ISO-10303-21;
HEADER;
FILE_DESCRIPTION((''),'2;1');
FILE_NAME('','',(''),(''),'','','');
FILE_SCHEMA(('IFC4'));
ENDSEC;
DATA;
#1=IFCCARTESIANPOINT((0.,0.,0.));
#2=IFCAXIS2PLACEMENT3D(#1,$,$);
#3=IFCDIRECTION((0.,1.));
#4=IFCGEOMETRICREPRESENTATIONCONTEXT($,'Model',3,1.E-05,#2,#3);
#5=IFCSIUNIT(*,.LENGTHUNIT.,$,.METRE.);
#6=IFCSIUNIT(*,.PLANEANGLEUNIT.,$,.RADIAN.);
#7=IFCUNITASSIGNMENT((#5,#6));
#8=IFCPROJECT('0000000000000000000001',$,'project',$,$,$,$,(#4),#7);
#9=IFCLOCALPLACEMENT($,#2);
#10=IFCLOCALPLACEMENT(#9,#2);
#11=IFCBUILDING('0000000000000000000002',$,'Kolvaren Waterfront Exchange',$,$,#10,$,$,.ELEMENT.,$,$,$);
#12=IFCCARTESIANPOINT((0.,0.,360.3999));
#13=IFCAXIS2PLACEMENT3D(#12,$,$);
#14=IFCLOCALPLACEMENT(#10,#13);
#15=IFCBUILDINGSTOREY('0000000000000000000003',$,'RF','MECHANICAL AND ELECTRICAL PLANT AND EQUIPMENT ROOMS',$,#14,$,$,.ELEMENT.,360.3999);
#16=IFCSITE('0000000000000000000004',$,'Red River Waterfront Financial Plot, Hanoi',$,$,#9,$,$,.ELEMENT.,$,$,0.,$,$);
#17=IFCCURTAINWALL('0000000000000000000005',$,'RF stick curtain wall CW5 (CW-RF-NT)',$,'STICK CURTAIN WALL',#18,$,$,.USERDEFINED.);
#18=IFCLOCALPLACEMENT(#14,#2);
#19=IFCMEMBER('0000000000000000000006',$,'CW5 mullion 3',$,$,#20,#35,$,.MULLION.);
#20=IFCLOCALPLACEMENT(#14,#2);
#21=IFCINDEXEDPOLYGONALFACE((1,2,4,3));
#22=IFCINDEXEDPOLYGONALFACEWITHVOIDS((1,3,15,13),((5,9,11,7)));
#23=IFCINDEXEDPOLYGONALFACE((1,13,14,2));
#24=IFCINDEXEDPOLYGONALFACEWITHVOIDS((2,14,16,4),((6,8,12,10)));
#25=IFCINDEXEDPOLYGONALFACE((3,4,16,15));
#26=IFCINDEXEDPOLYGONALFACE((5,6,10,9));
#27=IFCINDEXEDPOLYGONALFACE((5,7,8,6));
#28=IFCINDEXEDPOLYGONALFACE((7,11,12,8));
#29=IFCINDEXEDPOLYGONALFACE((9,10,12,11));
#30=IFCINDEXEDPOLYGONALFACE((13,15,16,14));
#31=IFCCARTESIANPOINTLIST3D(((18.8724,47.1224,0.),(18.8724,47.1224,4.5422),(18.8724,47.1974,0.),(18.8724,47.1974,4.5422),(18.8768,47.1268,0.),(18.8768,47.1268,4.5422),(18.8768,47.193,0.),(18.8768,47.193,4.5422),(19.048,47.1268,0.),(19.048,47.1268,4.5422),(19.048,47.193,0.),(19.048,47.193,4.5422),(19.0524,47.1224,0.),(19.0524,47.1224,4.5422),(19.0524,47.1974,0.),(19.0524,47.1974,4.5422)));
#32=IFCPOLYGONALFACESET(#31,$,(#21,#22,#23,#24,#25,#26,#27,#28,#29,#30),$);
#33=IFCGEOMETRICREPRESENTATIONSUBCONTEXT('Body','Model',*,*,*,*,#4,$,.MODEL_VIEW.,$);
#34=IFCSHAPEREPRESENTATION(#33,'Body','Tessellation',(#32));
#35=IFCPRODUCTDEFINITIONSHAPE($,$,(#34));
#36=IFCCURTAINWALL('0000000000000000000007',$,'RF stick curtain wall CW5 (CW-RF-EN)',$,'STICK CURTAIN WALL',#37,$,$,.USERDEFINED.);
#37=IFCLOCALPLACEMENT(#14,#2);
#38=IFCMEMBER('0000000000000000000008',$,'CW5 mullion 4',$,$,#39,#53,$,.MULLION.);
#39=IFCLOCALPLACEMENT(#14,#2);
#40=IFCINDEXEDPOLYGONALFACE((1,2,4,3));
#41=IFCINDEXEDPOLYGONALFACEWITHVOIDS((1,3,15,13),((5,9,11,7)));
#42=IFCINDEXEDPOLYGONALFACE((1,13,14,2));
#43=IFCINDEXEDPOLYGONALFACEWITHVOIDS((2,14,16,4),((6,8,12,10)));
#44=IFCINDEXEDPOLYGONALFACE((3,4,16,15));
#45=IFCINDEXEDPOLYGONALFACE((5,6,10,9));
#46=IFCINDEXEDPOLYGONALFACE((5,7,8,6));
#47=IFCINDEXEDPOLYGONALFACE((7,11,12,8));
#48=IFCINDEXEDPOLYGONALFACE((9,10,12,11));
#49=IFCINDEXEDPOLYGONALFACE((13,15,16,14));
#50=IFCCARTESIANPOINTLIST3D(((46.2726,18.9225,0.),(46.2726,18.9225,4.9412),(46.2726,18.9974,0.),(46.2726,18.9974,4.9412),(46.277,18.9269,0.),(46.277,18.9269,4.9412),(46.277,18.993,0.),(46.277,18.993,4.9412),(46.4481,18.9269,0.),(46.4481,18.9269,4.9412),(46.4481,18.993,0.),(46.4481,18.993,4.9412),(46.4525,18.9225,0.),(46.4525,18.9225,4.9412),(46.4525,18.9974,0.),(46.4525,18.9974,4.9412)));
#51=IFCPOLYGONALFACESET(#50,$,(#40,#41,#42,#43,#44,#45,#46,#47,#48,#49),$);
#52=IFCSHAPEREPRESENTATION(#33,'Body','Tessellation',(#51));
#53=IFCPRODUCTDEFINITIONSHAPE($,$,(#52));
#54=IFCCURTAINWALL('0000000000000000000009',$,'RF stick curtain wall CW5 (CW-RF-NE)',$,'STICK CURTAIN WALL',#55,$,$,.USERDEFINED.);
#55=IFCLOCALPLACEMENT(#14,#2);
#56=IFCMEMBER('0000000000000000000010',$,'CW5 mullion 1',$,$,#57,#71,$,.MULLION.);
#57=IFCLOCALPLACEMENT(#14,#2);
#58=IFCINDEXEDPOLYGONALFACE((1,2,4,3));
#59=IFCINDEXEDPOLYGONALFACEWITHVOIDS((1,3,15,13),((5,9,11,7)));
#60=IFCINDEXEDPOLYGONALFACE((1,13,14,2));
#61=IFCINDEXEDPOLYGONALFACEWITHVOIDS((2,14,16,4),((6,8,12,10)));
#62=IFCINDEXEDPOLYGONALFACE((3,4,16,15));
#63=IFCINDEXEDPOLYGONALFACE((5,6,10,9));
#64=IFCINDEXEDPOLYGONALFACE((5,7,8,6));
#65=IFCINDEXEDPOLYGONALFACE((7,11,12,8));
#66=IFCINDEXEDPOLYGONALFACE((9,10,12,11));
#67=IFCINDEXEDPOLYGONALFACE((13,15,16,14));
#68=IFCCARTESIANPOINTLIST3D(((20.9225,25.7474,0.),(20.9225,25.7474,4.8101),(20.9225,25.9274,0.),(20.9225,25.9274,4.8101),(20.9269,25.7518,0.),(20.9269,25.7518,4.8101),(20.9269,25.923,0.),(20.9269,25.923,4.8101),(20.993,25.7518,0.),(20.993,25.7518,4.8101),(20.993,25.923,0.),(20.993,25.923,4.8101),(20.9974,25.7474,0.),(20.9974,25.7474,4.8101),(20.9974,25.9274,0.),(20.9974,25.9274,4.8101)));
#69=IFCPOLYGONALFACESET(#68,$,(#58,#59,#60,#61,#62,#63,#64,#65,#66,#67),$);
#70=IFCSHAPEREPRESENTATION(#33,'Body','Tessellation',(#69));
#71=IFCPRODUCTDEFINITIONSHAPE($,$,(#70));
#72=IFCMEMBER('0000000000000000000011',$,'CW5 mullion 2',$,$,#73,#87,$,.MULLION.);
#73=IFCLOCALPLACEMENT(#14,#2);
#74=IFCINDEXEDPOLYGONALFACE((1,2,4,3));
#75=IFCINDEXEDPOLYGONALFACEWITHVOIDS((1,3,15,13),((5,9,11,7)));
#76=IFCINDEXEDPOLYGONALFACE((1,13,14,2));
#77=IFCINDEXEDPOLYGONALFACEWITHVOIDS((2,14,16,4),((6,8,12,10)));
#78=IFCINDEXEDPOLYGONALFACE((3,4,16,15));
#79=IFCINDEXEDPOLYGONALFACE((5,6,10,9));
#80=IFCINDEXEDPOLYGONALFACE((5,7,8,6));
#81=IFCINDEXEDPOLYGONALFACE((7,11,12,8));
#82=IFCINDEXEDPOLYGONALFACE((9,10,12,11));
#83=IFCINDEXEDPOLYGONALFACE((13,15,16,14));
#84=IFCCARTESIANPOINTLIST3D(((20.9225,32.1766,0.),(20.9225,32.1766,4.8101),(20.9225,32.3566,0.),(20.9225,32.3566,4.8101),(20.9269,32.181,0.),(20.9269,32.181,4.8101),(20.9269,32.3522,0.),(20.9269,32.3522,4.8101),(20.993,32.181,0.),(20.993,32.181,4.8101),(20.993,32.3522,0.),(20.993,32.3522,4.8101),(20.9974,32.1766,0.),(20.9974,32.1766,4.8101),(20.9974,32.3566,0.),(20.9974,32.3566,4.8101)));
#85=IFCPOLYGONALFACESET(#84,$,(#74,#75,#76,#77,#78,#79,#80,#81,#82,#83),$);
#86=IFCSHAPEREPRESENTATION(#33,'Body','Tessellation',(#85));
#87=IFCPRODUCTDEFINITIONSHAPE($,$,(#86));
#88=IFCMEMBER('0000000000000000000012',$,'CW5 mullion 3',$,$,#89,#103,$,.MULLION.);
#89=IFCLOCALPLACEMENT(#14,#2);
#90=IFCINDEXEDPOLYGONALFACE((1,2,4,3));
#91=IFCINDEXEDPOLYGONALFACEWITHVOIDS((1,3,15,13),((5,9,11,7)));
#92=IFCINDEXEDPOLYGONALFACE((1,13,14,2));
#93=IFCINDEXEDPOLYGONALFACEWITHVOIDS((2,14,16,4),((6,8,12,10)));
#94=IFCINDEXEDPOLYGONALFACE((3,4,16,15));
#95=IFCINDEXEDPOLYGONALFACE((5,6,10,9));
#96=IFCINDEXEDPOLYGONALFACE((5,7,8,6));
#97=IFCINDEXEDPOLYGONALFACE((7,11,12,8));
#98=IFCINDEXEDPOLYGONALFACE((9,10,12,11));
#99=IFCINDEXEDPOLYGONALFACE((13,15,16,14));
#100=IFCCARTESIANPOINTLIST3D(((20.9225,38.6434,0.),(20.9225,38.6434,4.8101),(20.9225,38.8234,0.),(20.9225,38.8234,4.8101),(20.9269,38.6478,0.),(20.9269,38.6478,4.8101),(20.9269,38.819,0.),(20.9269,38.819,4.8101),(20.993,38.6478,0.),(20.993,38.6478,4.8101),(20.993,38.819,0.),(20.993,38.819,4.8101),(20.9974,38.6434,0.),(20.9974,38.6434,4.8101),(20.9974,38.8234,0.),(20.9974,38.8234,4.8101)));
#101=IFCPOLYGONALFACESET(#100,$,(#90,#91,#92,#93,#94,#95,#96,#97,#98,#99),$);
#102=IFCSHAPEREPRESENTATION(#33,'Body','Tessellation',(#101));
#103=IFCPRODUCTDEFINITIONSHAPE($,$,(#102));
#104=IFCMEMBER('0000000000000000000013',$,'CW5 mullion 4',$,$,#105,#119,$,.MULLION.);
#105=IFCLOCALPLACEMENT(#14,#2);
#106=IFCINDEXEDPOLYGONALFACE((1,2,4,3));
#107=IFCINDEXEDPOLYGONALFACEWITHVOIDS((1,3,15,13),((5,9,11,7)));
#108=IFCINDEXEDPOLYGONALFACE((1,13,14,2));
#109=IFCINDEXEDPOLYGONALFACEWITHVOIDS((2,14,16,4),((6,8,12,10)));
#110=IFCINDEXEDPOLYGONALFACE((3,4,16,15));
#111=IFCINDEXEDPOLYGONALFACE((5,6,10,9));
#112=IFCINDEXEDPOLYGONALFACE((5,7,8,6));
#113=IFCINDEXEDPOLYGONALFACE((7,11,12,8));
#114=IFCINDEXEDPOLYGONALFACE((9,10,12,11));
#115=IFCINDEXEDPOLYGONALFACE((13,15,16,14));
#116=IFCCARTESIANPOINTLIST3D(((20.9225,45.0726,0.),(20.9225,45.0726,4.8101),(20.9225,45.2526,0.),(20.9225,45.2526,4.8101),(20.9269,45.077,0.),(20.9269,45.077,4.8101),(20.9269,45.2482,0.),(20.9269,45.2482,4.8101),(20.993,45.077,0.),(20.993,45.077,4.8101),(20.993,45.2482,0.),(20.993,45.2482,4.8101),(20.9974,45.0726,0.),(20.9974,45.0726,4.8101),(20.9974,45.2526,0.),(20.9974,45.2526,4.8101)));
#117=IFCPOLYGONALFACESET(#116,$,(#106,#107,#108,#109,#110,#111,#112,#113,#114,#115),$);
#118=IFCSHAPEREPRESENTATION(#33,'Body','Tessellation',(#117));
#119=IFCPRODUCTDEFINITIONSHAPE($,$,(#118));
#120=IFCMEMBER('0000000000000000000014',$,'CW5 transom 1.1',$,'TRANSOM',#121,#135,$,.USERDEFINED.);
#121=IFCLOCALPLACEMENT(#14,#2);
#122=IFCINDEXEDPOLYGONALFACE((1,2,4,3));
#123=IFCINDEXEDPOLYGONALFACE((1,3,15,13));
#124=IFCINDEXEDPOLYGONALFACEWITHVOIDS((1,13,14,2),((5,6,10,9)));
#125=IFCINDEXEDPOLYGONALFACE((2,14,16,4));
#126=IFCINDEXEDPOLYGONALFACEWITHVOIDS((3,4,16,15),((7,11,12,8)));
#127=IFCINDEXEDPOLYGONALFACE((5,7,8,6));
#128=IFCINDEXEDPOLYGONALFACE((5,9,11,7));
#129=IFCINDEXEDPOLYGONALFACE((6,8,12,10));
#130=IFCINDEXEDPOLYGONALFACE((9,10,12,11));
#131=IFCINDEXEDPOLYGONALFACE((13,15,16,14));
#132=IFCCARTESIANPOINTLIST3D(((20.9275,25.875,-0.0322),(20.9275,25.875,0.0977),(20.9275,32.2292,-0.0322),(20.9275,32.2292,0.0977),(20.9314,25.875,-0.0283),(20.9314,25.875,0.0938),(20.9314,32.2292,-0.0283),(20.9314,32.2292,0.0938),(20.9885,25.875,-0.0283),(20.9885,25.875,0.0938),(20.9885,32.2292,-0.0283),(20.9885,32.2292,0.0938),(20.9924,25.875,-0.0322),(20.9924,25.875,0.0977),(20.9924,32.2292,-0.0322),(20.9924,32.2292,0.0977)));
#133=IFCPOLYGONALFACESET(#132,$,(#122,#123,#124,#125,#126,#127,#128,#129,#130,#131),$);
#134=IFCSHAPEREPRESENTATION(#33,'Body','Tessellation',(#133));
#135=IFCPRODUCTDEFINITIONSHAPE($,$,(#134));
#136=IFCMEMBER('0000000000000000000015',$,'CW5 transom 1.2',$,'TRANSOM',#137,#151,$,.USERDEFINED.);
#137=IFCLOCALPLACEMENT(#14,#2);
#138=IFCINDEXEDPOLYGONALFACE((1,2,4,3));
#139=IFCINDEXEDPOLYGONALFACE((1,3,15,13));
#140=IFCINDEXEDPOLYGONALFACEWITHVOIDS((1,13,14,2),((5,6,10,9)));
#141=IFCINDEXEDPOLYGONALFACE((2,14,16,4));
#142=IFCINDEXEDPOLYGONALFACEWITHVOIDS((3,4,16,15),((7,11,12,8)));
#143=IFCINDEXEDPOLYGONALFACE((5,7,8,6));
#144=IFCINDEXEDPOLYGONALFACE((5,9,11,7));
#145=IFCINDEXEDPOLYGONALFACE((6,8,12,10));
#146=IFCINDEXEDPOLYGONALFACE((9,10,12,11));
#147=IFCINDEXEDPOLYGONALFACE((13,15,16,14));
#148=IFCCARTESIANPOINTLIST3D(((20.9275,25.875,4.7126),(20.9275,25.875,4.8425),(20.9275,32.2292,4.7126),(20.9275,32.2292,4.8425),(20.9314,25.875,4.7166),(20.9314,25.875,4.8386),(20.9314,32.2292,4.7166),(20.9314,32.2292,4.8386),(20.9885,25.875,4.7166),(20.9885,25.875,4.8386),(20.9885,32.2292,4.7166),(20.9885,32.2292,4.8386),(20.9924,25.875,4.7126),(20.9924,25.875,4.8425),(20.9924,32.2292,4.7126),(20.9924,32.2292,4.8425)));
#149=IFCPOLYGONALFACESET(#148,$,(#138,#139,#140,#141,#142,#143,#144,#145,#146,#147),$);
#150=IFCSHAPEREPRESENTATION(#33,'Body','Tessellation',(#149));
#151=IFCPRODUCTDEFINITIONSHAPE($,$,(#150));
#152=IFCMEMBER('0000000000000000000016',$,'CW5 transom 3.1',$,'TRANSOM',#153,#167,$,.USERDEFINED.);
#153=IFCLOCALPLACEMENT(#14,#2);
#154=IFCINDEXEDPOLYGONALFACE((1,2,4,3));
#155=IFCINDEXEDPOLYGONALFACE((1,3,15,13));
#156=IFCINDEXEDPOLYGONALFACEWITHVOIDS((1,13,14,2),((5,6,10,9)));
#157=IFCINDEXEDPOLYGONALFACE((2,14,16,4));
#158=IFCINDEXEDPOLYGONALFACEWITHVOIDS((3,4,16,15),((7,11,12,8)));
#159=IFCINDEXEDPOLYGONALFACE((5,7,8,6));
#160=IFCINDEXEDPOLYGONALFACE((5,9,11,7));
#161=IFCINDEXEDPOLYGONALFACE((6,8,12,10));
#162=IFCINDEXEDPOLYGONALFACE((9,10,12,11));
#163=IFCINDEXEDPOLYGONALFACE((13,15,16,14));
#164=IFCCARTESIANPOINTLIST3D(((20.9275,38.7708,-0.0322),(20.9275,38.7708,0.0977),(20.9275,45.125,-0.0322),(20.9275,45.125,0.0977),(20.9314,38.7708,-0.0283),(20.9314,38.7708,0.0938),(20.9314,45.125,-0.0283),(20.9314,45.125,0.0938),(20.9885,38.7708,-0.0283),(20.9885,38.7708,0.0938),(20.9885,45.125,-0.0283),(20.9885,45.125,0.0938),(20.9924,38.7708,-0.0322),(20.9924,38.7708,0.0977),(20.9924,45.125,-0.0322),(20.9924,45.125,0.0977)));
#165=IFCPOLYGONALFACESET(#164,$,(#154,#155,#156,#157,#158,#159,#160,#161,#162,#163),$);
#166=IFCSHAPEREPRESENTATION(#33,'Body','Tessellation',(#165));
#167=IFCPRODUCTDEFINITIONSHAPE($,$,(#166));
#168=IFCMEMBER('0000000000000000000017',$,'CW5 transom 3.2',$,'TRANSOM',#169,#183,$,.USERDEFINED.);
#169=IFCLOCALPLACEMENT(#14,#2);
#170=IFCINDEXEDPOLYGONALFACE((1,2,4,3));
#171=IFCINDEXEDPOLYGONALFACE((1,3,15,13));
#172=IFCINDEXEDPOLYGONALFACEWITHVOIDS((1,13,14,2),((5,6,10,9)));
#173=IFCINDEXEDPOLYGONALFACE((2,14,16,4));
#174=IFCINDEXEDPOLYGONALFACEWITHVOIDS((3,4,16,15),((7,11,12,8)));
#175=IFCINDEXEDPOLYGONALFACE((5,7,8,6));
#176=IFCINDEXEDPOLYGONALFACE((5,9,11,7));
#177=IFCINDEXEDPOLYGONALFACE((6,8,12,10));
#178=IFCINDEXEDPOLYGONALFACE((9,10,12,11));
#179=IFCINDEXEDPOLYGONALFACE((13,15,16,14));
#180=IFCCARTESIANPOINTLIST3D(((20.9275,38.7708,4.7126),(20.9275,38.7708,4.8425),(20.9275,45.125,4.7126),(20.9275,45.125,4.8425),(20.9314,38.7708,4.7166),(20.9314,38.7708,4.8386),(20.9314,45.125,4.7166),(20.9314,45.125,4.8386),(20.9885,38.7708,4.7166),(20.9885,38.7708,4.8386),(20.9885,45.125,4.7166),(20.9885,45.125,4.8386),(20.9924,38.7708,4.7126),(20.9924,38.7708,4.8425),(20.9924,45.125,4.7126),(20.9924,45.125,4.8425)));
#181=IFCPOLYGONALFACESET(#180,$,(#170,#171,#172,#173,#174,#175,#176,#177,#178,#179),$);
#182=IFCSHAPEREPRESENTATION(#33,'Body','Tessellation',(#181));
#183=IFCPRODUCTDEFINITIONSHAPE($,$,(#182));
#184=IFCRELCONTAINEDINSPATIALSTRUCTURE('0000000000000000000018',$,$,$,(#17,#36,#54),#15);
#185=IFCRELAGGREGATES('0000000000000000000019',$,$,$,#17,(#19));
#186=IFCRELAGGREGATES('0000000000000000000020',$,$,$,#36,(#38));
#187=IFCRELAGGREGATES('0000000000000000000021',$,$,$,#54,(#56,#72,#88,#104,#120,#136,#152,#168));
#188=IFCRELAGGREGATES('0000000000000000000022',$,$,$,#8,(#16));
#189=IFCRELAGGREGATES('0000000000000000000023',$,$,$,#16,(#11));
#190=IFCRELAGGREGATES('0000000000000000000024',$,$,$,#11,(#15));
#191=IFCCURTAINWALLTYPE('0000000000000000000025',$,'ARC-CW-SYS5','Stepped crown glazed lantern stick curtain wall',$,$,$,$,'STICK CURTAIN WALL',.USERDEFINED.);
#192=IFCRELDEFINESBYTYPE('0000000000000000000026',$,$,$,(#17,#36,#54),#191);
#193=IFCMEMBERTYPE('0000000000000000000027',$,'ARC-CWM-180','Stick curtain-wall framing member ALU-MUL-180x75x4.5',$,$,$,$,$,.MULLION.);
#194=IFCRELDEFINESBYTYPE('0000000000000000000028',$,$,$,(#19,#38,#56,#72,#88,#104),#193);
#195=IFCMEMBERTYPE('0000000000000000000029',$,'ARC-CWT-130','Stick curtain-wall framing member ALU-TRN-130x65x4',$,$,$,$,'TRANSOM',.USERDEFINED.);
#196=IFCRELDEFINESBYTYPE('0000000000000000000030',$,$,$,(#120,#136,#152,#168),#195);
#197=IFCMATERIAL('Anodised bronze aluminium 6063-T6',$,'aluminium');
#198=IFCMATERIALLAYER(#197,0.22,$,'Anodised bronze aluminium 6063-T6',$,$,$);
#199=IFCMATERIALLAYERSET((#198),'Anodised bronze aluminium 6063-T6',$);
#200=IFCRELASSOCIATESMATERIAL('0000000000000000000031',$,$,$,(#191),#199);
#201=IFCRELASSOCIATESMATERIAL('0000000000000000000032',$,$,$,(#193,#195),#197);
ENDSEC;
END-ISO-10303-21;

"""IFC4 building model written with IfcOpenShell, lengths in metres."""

from ifc_helpers import new_model, si_unit, direction, frame, origin, origin_with_axes, origin_2d, place, context, subcontext, project, spatial, hollow_rectangle, extrude, source, transform, mapped, material, layer, layer_set, material_profile, profile_set, type_object, element, aggregate, save


model = new_model("IFC4")

# Units and contexts
model_context = context("Model", 3, precision=1e-05, world=origin(), true_north=direction((0.0, 1.0)))
body_context = subcontext(model_context, "Body", "Model", "MODEL_VIEW")
ifc_project = project(units=[si_unit("LENGTHUNIT", "METRE"), si_unit("PLANEANGLEUNIT", "RADIAN")], contexts=[model_context])

# Site, building, storey
site_placement = place(None, origin())
site = spatial("IfcSite", under=ifc_project, at=site_placement, Name="Red River Waterfront Financial Plot, Hanoi", CompositionType="ELEMENT", RefElevation=0.0)
building_placement = place(site_placement, origin())
building = spatial("IfcBuilding", under=site, at=building_placement, Name="Kolvaren Waterfront Exchange", CompositionType="ELEMENT")
storey_placement = place(building_placement, frame((0.0, 0.0, 360.3999)))
storey = spatial("IfcBuildingStorey", under=building, at=storey_placement, Name="RF", Description="MECHANICAL AND ELECTRICAL PLANT AND EQUIPMENT ROOMS", CompositionType="ELEMENT", Elevation=360.3999)

# Curtain walls, members
ifc_material_1 = material(Name="Anodised bronze aluminium 6063-T6", Category="aluminium")
ifc_layer_1 = layer(ifc_material_1, 0.22, Name="Anodised bronze aluminium 6063-T6")
ifc_layer_set_1 = layer_set([ifc_layer_1], Name="Anodised bronze aluminium 6063-T6")
curtain_wall_type = type_object("IfcCurtainWallType", Name="ARC-CW-SYS5", Description="Stepped crown glazed lantern stick curtain wall", ElementType="STICK CURTAIN WALL", PredefinedType="USERDEFINED", material=ifc_layer_set_1)
curtain_wall_1_placement = place(storey_placement, origin())
curtain_wall_1 = element("IfcCurtainWall", 1, at=curtain_wall_1_placement, inside=storey, type_object=curtain_wall_type, Name="RF stick curtain wall CW5 (CW-RF-NT)", ObjectType="STICK CURTAIN WALL", PredefinedType="USERDEFINED")
ifc_material_profile_1 = material_profile(ifc_material_1, hollow_rectangle(XDim=0.075, YDim=0.1799, WallThickness=0.0044, at=origin_2d()), Name="ALU-MUL-180x75x4.5")
ifc_profile_set_1 = profile_set([ifc_material_profile_1], Name="Anodised bronze aluminium 6063-T6")
member_type_1 = type_object("IfcMemberType", Name="ARC-CWM-180", Description="Stick curtain-wall framing member ALU-MUL-180x75x4.5", PredefinedType="MULLION", material=ifc_profile_set_1)
shared_shape_1 = source(origin_with_axes(), body_context, "Body", "SweptSolid", [
    extrude(hollow_rectangle(XDim=0.075, YDim=0.1799, WallThickness=0.0044, at=origin_2d()), origin(), (0.0, 0.0, 1.0), 4.5422),
])
member_1_placement = place(storey_placement, frame((18.9624, 47.1599, 0.0), z_axis=(0.0, 0.0, 1.0), x_axis=(0.0, 1.0, 0.0)))
member_1 = element("IfcMember", 2, at=member_1_placement, type_object=member_type_1, Name="CW5 mullion 3", PredefinedType="MULLION", context=body_context, shape_type="MappedRepresentation", body=[
    mapped(shared_shape_1, transform((0.0, 0.0, 0.0), x_axis=(1.0, 0.0, 0.0), y_axis=(0.0, 1.0, 0.0), z_axis=(0.0, 0.0, 1.0), scale=1.0)),
])
aggregate(curtain_wall_1, [member_1])
curtain_wall_2_placement = place(storey_placement, origin())
curtain_wall_2 = element("IfcCurtainWall", 3, at=curtain_wall_2_placement, inside=storey, type_object=curtain_wall_type, Name="RF stick curtain wall CW5 (CW-RF-EN)", ObjectType="STICK CURTAIN WALL", PredefinedType="USERDEFINED")
shared_shape_2 = source(origin_with_axes(), body_context, "Body", "SweptSolid", [
    extrude(hollow_rectangle(XDim=0.075, YDim=0.1799, WallThickness=0.0044, at=origin_2d()), origin(), (0.0, 0.0, 1.0), 4.9412),
])
member_2_placement = place(storey_placement, frame((46.3625, 18.96, 0.0), z_axis=(0.0, 0.0, 1.0), x_axis=(0.0, 1.0, 0.0)))
member_2 = element("IfcMember", 4, at=member_2_placement, type_object=member_type_1, Name="CW5 mullion 4", PredefinedType="MULLION", context=body_context, shape_type="MappedRepresentation", body=[
    mapped(shared_shape_2, transform((0.0, 0.0, 0.0), x_axis=(1.0, 0.0, 0.0), y_axis=(0.0, 1.0, 0.0), z_axis=(0.0, 0.0, 1.0), scale=1.0)),
])
aggregate(curtain_wall_2, [member_2])

# Curtain wall, members
curtain_wall_3_placement = place(storey_placement, origin())
curtain_wall_3 = element("IfcCurtainWall", 5, at=curtain_wall_3_placement, inside=storey, type_object=curtain_wall_type, Name="RF stick curtain wall CW5 (CW-RF-NE)", ObjectType="STICK CURTAIN WALL", PredefinedType="USERDEFINED")
shared_shape_3 = source(origin_with_axes(), body_context, "Body", "SweptSolid", [
    extrude(hollow_rectangle(XDim=0.075, YDim=0.1799, WallThickness=0.0044, at=origin_2d()), origin(), (0.0, 0.0, 1.0), 4.8101),
])
member_3_placement = place(storey_placement, frame((20.96, 25.8374, 0.0), z_axis=(0.0, 0.0, 1.0), x_axis=(-1.0, 0.0, 0.0)))
member_3 = element("IfcMember", 6, at=member_3_placement, type_object=member_type_1, Name="CW5 mullion 1", PredefinedType="MULLION", context=body_context, shape_type="MappedRepresentation", body=[
    mapped(shared_shape_3, transform((0.0, 0.0, 0.0), x_axis=(1.0, 0.0, 0.0), y_axis=(0.0, 1.0, 0.0), z_axis=(0.0, 0.0, 1.0), scale=1.0)),
])
member_4_placement = place(storey_placement, frame((20.96, 32.2666, 0.0), z_axis=(0.0, 0.0, 1.0), x_axis=(-1.0, 0.0, 0.0)))
member_4 = element("IfcMember", 7, at=member_4_placement, type_object=member_type_1, Name="CW5 mullion 2", PredefinedType="MULLION", context=body_context, shape_type="MappedRepresentation", body=[
    mapped(shared_shape_3, transform((0.0, 0.0, 0.0), x_axis=(1.0, 0.0, 0.0), y_axis=(0.0, 1.0, 0.0), z_axis=(0.0, 0.0, 1.0), scale=1.0)),
])
member_5_placement = place(storey_placement, frame((20.96, 38.7334, 0.0), z_axis=(0.0, 0.0, 1.0), x_axis=(-1.0, 0.0, 0.0)))
member_5 = element("IfcMember", 8, at=member_5_placement, type_object=member_type_1, Name="CW5 mullion 3", PredefinedType="MULLION", context=body_context, shape_type="MappedRepresentation", body=[
    mapped(shared_shape_3, transform((0.0, 0.0, 0.0), x_axis=(1.0, 0.0, 0.0), y_axis=(0.0, 1.0, 0.0), z_axis=(0.0, 0.0, 1.0), scale=1.0)),
])
member_6_placement = place(storey_placement, frame((20.96, 45.1626, 0.0), z_axis=(0.0, 0.0, 1.0), x_axis=(-1.0, 0.0, 0.0)))
member_6 = element("IfcMember", 9, at=member_6_placement, type_object=member_type_1, Name="CW5 mullion 4", PredefinedType="MULLION", context=body_context, shape_type="MappedRepresentation", body=[
    mapped(shared_shape_3, transform((0.0, 0.0, 0.0), x_axis=(1.0, 0.0, 0.0), y_axis=(0.0, 1.0, 0.0), z_axis=(0.0, 0.0, 1.0), scale=1.0)),
])
ifc_material_profile_2 = material_profile(ifc_material_1, hollow_rectangle(XDim=0.0649, YDim=0.1299, WallThickness=0.0039, at=origin_2d()), Name="ALU-TRN-130x65x4")
ifc_profile_set_2 = profile_set([ifc_material_profile_2], Name="Anodised bronze aluminium 6063-T6")
member_type_2 = type_object("IfcMemberType", Name="ARC-CWT-130", Description="Stick curtain-wall framing member ALU-TRN-130x65x4", ElementType="TRANSOM", PredefinedType="USERDEFINED", material=ifc_profile_set_2)
shared_shape_4 = source(origin_with_axes(), body_context, "Body", "SweptSolid", [
    extrude(hollow_rectangle(XDim=0.0649, YDim=0.1299, WallThickness=0.0039, at=origin_2d()), origin(), (0.0, 0.0, 1.0), 6.3542),
])
member_7_placement = place(storey_placement, frame((20.96, 25.875, 0.0327), z_axis=(0.0, 1.0, 0.0), x_axis=(-1.0, 0.0, 0.0)))
member_7 = element("IfcMember", 10, at=member_7_placement, type_object=member_type_2, Name="CW5 transom 1.1", ObjectType="TRANSOM", PredefinedType="USERDEFINED", context=body_context, shape_type="MappedRepresentation", body=[
    mapped(shared_shape_4, transform((0.0, 0.0, 0.0), x_axis=(1.0, 0.0, 0.0), y_axis=(0.0, 1.0, 0.0), z_axis=(0.0, 0.0, 1.0), scale=1.0)),
])
member_8_placement = place(storey_placement, frame((20.96, 25.875, 4.7776), z_axis=(0.0, 1.0, 0.0), x_axis=(-1.0, 0.0, 0.0)))
member_8 = element("IfcMember", 11, at=member_8_placement, type_object=member_type_2, Name="CW5 transom 1.2", ObjectType="TRANSOM", PredefinedType="USERDEFINED", context=body_context, shape_type="MappedRepresentation", body=[
    mapped(shared_shape_4, transform((0.0, 0.0, 0.0), x_axis=(1.0, 0.0, 0.0), y_axis=(0.0, 1.0, 0.0), z_axis=(0.0, 0.0, 1.0), scale=1.0)),
])
member_9_placement = place(storey_placement, frame((20.96, 38.7708, 0.0327), z_axis=(0.0, 1.0, 0.0), x_axis=(-1.0, 0.0, 0.0)))
member_9 = element("IfcMember", 12, at=member_9_placement, type_object=member_type_2, Name="CW5 transom 3.1", ObjectType="TRANSOM", PredefinedType="USERDEFINED", context=body_context, shape_type="MappedRepresentation", body=[
    mapped(shared_shape_4, transform((0.0, 0.0, 0.0), x_axis=(1.0, 0.0, 0.0), y_axis=(0.0, 1.0, 0.0), z_axis=(0.0, 0.0, 1.0), scale=1.0)),
])
member_10_placement = place(storey_placement, frame((20.96, 38.7708, 4.7776), z_axis=(0.0, 1.0, 0.0), x_axis=(-1.0, 0.0, 0.0)))
member_10 = element("IfcMember", 13, at=member_10_placement, type_object=member_type_2, Name="CW5 transom 3.2", ObjectType="TRANSOM", PredefinedType="USERDEFINED", context=body_context, shape_type="MappedRepresentation", body=[
    mapped(shared_shape_4, transform((0.0, 0.0, 0.0), x_axis=(1.0, 0.0, 0.0), y_axis=(0.0, 1.0, 0.0), z_axis=(0.0, 0.0, 1.0), scale=1.0)),
])

aggregate(curtain_wall_3, [member_3, member_4, member_5, member_6, member_7, member_8, member_9, member_10])

save(model, "model.ifc")
